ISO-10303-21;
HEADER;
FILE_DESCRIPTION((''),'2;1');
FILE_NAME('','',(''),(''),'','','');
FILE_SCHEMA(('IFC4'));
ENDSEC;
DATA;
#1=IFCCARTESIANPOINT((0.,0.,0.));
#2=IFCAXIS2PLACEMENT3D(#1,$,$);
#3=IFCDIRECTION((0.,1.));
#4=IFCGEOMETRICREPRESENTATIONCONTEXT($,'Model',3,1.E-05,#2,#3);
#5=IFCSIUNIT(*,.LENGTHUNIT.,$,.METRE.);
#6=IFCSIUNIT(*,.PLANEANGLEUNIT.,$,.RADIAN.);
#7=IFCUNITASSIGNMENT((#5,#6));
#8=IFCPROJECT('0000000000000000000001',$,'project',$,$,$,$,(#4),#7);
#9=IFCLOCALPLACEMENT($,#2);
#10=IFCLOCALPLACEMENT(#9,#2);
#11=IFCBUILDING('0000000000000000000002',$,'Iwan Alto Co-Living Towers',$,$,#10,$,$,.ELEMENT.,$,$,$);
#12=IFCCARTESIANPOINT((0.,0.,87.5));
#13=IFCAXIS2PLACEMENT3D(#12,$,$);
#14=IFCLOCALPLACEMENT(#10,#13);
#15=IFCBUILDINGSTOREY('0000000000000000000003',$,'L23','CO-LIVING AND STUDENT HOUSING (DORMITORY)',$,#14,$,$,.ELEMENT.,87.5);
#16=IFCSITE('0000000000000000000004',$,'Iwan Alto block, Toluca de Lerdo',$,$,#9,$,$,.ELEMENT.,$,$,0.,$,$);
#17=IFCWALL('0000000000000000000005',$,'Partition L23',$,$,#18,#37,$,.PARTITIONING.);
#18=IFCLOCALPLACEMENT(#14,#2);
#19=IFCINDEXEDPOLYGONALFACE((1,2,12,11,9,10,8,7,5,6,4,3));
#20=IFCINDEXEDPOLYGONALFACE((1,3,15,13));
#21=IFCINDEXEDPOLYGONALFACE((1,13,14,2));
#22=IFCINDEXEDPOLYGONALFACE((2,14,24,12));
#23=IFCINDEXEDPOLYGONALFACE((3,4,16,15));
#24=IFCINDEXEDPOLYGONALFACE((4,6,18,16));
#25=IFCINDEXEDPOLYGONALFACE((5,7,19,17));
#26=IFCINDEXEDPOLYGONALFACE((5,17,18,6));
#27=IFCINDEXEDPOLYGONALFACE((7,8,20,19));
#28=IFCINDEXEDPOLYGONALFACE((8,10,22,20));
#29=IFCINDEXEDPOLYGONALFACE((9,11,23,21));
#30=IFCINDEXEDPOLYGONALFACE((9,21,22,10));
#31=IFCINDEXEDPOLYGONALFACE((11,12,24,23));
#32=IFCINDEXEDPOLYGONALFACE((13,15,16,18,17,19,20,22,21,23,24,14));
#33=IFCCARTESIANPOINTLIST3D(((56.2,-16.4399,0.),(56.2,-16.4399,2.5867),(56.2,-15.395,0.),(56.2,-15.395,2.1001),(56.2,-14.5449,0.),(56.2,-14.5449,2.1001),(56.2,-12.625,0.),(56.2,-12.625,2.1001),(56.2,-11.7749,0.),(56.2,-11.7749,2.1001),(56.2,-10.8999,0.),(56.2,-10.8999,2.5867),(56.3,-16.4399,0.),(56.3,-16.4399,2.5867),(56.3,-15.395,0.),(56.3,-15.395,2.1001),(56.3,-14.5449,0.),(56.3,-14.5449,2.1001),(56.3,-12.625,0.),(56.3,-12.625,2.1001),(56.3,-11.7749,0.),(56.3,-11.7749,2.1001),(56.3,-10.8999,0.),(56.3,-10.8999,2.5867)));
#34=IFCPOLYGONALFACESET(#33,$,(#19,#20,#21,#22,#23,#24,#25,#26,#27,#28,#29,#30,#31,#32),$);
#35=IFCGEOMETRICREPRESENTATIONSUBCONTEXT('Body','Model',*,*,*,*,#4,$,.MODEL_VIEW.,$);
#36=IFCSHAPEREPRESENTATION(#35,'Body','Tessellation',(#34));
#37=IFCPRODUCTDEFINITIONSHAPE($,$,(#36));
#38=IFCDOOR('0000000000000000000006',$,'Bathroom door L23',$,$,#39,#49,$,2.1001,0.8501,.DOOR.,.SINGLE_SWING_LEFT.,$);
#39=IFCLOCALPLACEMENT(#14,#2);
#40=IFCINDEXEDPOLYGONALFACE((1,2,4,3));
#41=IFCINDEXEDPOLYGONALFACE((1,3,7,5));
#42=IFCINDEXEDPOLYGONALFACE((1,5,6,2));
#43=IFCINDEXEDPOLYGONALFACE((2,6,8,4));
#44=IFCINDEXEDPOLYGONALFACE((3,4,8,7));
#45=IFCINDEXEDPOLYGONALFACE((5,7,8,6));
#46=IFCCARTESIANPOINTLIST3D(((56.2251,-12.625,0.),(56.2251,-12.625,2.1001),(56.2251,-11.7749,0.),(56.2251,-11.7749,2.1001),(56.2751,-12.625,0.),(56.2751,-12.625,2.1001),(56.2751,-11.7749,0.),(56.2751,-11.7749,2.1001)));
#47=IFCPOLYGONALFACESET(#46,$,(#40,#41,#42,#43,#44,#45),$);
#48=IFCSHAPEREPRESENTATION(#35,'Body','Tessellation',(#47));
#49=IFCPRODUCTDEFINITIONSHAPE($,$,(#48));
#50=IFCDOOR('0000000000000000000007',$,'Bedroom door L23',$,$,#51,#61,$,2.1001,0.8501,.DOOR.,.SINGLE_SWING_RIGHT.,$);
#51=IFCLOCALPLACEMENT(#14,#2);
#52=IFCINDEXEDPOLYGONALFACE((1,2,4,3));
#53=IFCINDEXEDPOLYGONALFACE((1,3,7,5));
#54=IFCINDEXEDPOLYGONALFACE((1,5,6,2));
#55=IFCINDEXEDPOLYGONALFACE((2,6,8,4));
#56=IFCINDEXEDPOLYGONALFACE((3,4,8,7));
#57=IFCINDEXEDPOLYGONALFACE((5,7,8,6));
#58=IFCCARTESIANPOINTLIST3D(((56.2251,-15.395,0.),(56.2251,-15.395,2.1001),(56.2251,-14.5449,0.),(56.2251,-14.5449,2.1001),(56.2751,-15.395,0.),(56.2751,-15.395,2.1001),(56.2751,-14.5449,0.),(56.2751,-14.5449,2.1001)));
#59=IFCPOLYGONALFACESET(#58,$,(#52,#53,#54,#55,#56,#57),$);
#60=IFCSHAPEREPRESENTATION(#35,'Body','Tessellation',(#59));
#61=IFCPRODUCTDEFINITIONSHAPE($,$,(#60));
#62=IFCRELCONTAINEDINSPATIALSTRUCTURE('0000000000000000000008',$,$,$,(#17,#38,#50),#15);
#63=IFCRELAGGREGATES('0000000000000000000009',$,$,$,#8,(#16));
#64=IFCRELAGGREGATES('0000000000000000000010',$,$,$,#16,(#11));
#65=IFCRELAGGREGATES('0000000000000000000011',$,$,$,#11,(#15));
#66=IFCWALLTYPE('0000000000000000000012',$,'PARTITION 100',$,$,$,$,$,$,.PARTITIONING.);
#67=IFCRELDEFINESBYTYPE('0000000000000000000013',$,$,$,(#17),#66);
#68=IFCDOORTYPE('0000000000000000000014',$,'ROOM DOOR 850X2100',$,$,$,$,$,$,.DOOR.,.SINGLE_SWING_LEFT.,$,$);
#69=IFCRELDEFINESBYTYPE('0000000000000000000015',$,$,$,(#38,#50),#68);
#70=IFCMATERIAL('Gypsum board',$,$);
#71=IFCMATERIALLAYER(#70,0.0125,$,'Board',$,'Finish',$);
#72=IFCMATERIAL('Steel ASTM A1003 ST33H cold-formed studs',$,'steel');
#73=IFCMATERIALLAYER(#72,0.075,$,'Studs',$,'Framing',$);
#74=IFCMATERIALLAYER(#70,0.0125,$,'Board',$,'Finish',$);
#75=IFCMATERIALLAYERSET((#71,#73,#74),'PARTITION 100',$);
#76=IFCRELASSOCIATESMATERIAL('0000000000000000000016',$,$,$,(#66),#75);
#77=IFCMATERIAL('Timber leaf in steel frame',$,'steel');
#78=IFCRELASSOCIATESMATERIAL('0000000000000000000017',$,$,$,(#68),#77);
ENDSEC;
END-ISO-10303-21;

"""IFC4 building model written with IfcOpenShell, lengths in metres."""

from ifc_helpers import new_model, si_unit, direction, frame, frame_2d, origin, place, context, subcontext, project, spatial, rectangle, extrude, material, layer, layer_set, type_object, element, fill, save


model = new_model("IFC4")

# Units and contexts
model_context = context("Model", 3, precision=1e-05, world=origin(), true_north=direction((0.0, 1.0)))
body_context = subcontext(model_context, "Body", "Model", "MODEL_VIEW")
ifc_project = project(units=[si_unit("LENGTHUNIT", "METRE"), si_unit("PLANEANGLEUNIT", "RADIAN")], contexts=[model_context])

# Site, building, storey
site_placement = place(None, origin())
site = spatial("IfcSite", under=ifc_project, at=site_placement, Name="Iwan Alto block, Toluca de Lerdo", CompositionType="ELEMENT", RefElevation=0.0)
building_placement = place(site_placement, origin())
building = spatial("IfcBuilding", under=site, at=building_placement, Name="Iwan Alto Co-Living Towers", CompositionType="ELEMENT")
storey_placement = place(building_placement, frame((0.0, 0.0, 87.5)))
storey = spatial("IfcBuildingStorey", under=building, at=storey_placement, Name="L23", Description="CO-LIVING AND STUDENT HOUSING (DORMITORY)", CompositionType="ELEMENT", Elevation=87.5)

# Shared definitions
ifc_material_1 = material(Name="Gypsum board")
ifc_layer_1 = layer(ifc_material_1, 0.0125, Name="Board", Category="Finish")
ifc_material_2 = material(Name="Steel ASTM A1003 ST33H cold-formed studs", Category="steel")
ifc_layer_2 = layer(ifc_material_2, 0.075, Name="Studs", Category="Framing")
ifc_layer_3 = layer(ifc_material_1, 0.0125, Name="Board", Category="Finish")
ifc_layer_set_1 = layer_set([ifc_layer_1, ifc_layer_2, ifc_layer_3], Name="PARTITION 100")
wall_type = type_object("IfcWallType", Name="PARTITION 100", PredefinedType="PARTITIONING", material=ifc_layer_set_1)

# Wall, openings, doors
wall_1_placement = place(storey_placement, frame((56.25, -16.4399, 0.0), z_axis=(0.0, 0.0, 1.0), x_axis=(0.0, 1.0, 0.0)))
wall_1 = element("IfcWall", 1, at=wall_1_placement, inside=storey, type_object=wall_type, Name="Partition L23", PredefinedType="PARTITIONING", context=body_context, shape_type="SweptSolid", body=[
    extrude(rectangle(XDim=5.54, YDim=0.1001, at=frame_2d((2.77, 0.0))), origin(), (0.0, 0.0, 1.0), 2.5867),
])
opening_1_placement = place(wall_1_placement, frame((3.8149, 0.0, 0.0)))
opening_1 = element("IfcOpeningElement", 2, at=opening_1_placement, cuts=wall_1, PredefinedType="OPENING", context=body_context, shape_type="SweptSolid", body=[
    extrude(rectangle(XDim=0.8501, YDim=2.1001, at=frame_2d((0.425, 1.05))), frame((0.0, 0.0601, 0.0), z_axis=(0.0, -1.0, 0.0), x_axis=(1.0, 0.0, 0.0)), (0.0, 0.0, 1.0), 0.1201),
])
opening_2_placement = place(wall_1_placement, frame((1.0449, 0.0, 0.0)))
opening_2 = element("IfcOpeningElement", 3, at=opening_2_placement, cuts=wall_1, PredefinedType="OPENING", context=body_context, shape_type="SweptSolid", body=[
    extrude(rectangle(XDim=0.8501, YDim=2.1001, at=frame_2d((0.425, 1.05))), frame((0.0, 0.0601, 0.0), z_axis=(0.0, -1.0, 0.0), x_axis=(1.0, 0.0, 0.0)), (0.0, 0.0, 1.0), 0.1201),
])
ifc_material_3 = material(Name="Timber leaf in steel frame", Category="steel")
door_type = type_object("IfcDoorType", Name="ROOM DOOR 850X2100", OperationType="SINGLE_SWING_LEFT", PredefinedType="DOOR", material=ifc_material_3)
door_1_placement = place(opening_1_placement, origin())
door_1 = element("IfcDoor", 4, at=door_1_placement, inside=storey, type_object=door_type, Name="Bathroom door L23", OperationType="SINGLE_SWING_LEFT", OverallHeight=2.1001, OverallWidth=0.8501, PredefinedType="DOOR", context=body_context, shape_type="SweptSolid", body=[
    extrude(rectangle(XDim=0.8501, YDim=2.1001, at=frame_2d((0.425, 1.05))), frame((0.0, 0.0249, 0.0), z_axis=(0.0, -1.0, 0.0), x_axis=(1.0, 0.0, 0.0)), (0.0, 0.0, 1.0), 0.05),
])
fill(opening_1, door_1)
door_2_placement = place(opening_2_placement, origin())
door_2 = element("IfcDoor", 5, at=door_2_placement, inside=storey, type_object=door_type, Name="Bedroom door L23", OperationType="SINGLE_SWING_RIGHT", OverallHeight=2.1001, OverallWidth=0.8501, PredefinedType="DOOR", context=body_context, shape_type="SweptSolid", body=[
    extrude(rectangle(XDim=0.8501, YDim=2.1001, at=frame_2d((0.425, 1.05))), frame((0.0, 0.0249, 0.0), z_axis=(0.0, -1.0, 0.0), x_axis=(1.0, 0.0, 0.0)), (0.0, 0.0, 1.0), 0.05),
])
fill(opening_2, door_2)

save(model, "model.ifc")
